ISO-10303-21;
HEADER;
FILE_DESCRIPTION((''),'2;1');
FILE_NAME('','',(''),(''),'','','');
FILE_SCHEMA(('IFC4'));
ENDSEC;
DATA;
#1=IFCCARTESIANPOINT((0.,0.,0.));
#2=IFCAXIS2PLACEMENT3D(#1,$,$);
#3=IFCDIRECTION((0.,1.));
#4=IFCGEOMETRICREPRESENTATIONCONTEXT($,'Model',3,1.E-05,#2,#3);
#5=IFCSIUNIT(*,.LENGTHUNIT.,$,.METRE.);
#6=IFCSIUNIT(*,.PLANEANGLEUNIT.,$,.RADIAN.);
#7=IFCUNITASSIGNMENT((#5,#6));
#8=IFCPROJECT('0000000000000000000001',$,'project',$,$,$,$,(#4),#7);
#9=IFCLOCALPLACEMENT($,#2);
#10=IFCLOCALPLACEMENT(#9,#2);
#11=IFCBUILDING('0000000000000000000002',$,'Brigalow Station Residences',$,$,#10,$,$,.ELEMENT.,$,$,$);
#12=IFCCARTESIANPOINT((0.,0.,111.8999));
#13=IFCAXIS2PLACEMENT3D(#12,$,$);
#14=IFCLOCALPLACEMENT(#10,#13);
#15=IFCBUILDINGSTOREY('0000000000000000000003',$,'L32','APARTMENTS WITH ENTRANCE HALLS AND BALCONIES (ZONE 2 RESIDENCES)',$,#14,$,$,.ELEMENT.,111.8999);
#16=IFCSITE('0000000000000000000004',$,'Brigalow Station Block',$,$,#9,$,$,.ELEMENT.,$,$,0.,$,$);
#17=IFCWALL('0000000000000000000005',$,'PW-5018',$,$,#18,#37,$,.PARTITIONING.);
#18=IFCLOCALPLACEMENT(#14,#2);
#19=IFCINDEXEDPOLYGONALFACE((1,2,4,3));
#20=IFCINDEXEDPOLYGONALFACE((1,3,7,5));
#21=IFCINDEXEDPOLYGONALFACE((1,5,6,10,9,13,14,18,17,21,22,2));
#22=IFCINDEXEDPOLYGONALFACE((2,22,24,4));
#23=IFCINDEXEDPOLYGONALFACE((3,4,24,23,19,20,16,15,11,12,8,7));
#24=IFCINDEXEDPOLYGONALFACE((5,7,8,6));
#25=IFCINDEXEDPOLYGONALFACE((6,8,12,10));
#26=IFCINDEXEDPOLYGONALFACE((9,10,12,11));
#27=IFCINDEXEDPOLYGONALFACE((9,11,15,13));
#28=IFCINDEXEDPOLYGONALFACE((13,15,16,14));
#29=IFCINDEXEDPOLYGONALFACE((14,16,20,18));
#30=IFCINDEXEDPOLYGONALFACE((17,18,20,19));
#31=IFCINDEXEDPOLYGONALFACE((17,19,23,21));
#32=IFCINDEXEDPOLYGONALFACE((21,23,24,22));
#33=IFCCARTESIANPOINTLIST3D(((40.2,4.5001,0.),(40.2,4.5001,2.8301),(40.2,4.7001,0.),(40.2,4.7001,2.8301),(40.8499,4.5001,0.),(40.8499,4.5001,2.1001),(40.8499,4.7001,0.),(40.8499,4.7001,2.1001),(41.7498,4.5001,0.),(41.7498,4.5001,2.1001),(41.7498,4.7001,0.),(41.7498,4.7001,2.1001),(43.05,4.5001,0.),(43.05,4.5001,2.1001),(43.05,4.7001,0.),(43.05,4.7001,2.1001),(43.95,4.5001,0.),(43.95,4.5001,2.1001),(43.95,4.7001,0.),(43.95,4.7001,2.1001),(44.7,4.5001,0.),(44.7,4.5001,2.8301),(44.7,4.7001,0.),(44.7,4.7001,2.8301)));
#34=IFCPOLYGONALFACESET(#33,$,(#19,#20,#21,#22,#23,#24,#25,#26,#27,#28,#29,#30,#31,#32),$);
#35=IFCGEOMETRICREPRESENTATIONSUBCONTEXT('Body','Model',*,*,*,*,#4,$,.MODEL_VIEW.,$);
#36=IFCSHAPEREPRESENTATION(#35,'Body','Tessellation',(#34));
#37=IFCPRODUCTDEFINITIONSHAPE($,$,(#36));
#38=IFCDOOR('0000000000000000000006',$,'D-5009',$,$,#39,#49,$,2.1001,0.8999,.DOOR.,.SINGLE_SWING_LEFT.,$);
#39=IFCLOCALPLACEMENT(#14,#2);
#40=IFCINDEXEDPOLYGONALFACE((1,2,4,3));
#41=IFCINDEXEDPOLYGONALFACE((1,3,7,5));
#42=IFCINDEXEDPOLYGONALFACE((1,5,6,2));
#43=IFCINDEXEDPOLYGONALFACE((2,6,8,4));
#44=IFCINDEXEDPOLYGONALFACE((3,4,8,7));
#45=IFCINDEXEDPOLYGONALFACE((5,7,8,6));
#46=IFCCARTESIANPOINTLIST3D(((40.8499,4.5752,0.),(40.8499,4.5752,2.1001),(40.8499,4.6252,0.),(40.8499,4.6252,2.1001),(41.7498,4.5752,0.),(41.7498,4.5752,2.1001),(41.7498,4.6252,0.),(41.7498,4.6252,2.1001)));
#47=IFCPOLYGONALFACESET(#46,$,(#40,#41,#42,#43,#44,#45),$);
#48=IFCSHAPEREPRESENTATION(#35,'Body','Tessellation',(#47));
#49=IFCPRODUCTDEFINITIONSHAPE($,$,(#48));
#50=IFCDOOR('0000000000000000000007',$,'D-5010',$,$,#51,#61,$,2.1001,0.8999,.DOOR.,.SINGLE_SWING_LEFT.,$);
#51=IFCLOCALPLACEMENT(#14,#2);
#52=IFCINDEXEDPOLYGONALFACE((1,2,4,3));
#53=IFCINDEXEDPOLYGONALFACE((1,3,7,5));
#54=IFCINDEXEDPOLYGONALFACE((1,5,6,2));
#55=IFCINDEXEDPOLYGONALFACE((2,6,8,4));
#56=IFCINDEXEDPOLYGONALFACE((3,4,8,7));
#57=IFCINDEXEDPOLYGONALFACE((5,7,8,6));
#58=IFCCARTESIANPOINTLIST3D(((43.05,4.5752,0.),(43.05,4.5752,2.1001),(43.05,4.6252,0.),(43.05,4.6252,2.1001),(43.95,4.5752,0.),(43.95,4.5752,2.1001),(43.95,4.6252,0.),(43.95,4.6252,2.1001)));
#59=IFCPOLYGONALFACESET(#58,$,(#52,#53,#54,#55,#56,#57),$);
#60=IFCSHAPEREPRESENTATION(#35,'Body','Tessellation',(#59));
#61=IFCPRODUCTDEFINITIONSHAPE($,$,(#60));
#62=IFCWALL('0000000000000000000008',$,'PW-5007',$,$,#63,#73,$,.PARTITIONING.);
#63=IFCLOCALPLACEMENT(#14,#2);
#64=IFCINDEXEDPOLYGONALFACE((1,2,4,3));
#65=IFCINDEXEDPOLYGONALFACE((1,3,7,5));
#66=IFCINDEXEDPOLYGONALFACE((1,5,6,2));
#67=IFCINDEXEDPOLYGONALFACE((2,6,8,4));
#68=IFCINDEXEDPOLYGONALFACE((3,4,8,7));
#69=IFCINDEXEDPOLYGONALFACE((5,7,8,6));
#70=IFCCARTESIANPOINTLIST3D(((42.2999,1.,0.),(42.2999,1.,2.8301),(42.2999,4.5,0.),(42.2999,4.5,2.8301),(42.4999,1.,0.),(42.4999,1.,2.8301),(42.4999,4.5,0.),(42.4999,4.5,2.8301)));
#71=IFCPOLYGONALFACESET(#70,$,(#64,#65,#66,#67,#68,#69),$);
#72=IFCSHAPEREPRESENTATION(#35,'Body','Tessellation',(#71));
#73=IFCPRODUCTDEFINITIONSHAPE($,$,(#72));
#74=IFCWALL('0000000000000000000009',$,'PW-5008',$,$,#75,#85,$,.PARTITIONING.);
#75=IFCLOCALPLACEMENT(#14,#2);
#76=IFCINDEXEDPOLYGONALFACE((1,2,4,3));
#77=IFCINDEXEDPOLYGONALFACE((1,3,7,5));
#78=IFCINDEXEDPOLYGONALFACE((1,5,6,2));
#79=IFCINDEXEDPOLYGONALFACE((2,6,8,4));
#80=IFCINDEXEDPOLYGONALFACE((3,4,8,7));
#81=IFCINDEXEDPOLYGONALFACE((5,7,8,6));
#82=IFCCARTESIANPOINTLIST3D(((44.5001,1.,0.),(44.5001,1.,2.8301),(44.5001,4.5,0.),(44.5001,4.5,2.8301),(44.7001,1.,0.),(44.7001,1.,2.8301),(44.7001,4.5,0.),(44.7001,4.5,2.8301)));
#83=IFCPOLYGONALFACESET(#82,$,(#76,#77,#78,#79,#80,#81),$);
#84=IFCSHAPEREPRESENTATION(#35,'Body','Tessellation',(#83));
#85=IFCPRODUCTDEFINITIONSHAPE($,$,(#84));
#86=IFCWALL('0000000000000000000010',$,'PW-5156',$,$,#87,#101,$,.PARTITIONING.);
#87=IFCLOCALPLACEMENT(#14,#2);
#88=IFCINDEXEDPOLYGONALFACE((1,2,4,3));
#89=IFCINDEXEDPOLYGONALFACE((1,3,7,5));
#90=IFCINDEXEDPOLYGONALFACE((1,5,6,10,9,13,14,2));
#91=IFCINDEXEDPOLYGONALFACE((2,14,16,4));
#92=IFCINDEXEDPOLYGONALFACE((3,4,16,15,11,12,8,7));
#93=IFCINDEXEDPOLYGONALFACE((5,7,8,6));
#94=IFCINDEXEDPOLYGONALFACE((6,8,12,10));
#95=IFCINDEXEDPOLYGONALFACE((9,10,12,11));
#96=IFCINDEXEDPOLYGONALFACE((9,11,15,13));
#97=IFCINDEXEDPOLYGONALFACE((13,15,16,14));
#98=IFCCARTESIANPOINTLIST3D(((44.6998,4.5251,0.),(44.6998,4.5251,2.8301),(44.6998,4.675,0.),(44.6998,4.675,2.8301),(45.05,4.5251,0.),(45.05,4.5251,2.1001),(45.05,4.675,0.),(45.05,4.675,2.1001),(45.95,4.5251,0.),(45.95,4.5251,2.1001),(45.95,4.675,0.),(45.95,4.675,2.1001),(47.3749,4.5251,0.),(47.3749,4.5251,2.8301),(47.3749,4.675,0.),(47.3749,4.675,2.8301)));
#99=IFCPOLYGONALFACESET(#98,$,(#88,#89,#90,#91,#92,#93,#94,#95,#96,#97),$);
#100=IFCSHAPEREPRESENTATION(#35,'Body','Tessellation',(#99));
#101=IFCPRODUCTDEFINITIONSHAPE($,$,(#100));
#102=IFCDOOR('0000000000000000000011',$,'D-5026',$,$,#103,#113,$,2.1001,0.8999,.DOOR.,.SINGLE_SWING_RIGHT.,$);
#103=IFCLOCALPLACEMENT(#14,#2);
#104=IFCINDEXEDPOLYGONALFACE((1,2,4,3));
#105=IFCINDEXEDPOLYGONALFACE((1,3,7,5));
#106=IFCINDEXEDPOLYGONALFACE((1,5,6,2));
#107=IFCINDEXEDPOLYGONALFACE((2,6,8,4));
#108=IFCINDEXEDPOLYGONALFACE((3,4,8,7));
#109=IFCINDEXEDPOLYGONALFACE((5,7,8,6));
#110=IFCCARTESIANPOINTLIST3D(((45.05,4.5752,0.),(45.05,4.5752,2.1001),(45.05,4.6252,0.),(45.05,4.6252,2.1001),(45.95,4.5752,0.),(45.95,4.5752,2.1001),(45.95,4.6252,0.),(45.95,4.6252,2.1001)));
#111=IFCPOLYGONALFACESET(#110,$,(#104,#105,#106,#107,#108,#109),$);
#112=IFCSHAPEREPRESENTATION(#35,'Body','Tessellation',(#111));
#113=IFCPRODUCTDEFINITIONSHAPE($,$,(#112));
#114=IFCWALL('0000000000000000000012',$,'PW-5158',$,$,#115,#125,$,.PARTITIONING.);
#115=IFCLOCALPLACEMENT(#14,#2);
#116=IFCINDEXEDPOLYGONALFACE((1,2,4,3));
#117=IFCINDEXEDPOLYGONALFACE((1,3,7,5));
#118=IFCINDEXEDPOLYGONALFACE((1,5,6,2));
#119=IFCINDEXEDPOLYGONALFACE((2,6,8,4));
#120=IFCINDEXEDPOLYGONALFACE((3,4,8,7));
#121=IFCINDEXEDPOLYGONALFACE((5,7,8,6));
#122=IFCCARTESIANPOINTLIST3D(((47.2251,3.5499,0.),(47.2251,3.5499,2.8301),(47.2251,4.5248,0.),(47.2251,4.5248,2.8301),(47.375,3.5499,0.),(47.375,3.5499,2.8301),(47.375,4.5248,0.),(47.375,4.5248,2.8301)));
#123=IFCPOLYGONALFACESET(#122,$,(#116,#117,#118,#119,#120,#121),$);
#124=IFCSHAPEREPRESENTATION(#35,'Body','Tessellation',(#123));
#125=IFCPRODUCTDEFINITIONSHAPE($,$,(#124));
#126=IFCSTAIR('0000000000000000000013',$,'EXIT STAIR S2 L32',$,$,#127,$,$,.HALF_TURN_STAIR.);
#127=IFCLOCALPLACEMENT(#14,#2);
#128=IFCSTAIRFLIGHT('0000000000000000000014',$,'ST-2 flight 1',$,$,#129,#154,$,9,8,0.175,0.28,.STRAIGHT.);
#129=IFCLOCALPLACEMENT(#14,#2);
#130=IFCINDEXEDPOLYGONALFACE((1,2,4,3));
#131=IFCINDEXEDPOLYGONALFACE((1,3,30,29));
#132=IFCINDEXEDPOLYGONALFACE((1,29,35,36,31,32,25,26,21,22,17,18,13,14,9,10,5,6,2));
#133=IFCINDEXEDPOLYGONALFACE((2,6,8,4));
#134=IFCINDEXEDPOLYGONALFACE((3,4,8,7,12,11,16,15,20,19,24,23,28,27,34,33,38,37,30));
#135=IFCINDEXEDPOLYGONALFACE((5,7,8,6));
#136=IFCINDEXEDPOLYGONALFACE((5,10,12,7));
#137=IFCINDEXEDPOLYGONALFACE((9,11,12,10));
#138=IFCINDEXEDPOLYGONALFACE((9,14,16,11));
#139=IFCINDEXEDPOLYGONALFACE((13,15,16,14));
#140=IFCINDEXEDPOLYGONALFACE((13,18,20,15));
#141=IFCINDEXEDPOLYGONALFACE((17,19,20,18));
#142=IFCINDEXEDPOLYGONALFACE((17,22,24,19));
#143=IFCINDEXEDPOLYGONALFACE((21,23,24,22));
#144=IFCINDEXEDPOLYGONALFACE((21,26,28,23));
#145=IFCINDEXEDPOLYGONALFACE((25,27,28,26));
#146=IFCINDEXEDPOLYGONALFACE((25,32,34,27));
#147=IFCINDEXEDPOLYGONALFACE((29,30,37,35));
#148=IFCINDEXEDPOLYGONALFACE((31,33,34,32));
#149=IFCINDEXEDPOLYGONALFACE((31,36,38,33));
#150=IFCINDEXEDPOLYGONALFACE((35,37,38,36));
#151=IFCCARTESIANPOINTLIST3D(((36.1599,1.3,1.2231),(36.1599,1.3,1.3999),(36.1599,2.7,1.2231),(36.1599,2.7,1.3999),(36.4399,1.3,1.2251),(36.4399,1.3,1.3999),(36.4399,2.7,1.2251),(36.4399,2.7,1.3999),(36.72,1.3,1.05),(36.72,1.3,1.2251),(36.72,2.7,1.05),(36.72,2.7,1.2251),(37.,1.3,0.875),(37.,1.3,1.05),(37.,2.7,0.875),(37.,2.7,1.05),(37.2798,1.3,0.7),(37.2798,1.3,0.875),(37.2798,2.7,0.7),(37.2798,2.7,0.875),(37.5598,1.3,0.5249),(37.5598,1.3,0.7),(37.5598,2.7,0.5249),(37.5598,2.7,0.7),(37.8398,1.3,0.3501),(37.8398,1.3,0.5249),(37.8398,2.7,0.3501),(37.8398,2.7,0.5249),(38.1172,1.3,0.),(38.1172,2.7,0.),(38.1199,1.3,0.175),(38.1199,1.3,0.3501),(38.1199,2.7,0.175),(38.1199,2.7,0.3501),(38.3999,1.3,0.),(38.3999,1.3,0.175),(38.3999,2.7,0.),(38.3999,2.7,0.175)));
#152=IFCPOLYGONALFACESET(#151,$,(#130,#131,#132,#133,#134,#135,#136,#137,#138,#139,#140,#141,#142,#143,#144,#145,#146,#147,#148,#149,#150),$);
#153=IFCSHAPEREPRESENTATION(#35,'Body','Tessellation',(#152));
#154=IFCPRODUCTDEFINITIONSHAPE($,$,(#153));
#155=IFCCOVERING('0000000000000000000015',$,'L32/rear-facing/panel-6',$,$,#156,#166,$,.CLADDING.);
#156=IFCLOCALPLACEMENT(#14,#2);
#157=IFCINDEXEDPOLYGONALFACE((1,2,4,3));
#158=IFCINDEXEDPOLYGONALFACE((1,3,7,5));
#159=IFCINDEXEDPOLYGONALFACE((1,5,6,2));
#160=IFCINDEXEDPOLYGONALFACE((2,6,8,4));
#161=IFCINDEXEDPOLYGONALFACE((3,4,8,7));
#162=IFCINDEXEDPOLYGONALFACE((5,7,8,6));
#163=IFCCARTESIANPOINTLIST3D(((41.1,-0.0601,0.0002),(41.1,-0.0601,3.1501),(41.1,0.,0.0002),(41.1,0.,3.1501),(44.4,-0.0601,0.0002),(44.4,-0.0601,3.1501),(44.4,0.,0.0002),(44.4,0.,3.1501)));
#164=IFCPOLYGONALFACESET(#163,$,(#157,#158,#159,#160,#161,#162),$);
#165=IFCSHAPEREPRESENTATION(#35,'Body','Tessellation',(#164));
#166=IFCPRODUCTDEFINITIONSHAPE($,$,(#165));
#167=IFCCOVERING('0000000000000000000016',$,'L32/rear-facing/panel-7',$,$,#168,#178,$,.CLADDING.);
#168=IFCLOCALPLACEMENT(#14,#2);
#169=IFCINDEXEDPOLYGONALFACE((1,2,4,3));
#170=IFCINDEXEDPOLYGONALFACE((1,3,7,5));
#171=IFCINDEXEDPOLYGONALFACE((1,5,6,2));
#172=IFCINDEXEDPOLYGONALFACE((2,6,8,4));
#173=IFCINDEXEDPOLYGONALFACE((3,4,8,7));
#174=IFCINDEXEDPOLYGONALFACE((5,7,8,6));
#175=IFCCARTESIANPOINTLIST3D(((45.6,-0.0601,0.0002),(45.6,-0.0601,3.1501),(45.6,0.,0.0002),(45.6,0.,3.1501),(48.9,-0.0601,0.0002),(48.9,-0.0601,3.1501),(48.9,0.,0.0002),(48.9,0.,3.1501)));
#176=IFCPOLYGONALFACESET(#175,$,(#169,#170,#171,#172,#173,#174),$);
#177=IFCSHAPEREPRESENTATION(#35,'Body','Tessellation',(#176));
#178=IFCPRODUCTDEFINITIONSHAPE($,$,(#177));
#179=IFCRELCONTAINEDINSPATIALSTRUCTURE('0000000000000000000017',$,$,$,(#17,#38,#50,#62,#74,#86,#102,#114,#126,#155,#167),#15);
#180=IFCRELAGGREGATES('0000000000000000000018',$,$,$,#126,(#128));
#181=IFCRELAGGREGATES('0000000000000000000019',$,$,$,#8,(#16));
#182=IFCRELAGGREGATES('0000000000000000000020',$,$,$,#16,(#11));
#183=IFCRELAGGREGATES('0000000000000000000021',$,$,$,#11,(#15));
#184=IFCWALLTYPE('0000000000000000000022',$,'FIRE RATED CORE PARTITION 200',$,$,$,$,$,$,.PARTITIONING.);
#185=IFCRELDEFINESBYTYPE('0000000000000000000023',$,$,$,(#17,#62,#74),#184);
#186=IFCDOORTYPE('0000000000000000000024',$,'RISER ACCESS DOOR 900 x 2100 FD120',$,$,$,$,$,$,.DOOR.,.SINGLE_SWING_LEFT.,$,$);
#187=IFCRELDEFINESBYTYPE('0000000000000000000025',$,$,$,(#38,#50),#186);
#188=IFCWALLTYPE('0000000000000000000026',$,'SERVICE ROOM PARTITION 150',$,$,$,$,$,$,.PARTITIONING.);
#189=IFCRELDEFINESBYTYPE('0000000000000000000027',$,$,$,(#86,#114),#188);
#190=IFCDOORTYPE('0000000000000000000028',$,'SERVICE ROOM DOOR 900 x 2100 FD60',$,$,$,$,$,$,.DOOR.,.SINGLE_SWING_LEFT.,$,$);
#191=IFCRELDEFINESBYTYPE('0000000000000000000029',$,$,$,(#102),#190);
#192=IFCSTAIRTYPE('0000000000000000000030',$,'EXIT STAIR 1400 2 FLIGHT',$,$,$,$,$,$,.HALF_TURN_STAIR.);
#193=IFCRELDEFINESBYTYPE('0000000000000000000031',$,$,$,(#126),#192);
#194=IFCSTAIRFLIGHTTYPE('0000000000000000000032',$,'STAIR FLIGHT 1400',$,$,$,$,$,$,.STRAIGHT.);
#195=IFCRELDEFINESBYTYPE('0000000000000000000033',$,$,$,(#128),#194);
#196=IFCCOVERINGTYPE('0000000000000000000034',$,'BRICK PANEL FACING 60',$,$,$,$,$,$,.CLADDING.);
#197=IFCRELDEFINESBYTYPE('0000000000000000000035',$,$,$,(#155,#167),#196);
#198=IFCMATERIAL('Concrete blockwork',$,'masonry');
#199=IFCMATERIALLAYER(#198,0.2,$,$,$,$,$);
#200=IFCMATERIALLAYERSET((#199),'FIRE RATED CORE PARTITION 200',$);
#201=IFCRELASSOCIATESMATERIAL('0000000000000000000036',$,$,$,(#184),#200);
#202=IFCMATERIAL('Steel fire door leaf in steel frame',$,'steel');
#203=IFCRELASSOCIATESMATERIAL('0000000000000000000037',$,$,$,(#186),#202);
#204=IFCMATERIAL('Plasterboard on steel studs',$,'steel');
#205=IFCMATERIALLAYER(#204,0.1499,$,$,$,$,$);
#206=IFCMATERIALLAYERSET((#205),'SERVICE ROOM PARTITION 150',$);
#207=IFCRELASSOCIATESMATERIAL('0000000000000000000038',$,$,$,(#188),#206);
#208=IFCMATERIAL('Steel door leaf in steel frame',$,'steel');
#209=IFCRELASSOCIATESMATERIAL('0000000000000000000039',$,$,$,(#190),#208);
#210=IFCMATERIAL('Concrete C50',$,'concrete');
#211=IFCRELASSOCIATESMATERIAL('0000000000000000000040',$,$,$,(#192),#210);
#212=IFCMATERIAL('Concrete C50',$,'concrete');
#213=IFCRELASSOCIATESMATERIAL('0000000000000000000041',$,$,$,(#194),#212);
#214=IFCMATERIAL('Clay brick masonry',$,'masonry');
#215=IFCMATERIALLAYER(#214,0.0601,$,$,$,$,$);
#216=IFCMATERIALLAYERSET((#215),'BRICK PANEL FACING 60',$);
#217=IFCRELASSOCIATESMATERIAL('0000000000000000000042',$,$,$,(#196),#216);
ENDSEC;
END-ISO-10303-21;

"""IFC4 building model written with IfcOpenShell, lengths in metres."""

from ifc_helpers import new_model, si_unit, direction, frame, frame_2d, origin, origin_2d, place, context, subcontext, project, spatial, polyline, rectangle, outline, extrude, material, layer, layer_set, type_object, element, fill, aggregate, save


model = new_model("IFC4")

# Units and contexts
model_context = context("Model", 3, precision=1e-05, world=origin(), true_north=direction((0.0, 1.0)))
body_context = subcontext(model_context, "Body", "Model", "MODEL_VIEW")
ifc_project = project(units=[si_unit("LENGTHUNIT", "METRE"), si_unit("PLANEANGLEUNIT", "RADIAN")], contexts=[model_context])

# Site, building, storey
site_placement = place(None, origin())
site = spatial("IfcSite", under=ifc_project, at=site_placement, Name="Brigalow Station Block", CompositionType="ELEMENT", RefElevation=0.0)
building_placement = place(site_placement, origin())
building = spatial("IfcBuilding", under=site, at=building_placement, Name="Brigalow Station Residences", CompositionType="ELEMENT")
storey_placement = place(building_placement, frame((0.0, 0.0, 111.8999)))
storey = spatial("IfcBuildingStorey", under=building, at=storey_placement, Name="L32", Description="APARTMENTS WITH ENTRANCE HALLS AND BALCONIES (ZONE 2 RESIDENCES)", CompositionType="ELEMENT", Elevation=111.8999)

# Wall, openings, doors
ifc_material_1 = material(Name="Concrete blockwork", Category="masonry")
ifc_layer_1 = layer(ifc_material_1, 0.2)
ifc_layer_set_1 = layer_set([ifc_layer_1], Name="FIRE RATED CORE PARTITION 200")
wall_type_1 = type_object("IfcWallType", Name="FIRE RATED CORE PARTITION 200", PredefinedType="PARTITIONING", material=ifc_layer_set_1)
wall_1_placement = place(storey_placement, frame((40.2, 4.6001, 0.0), z_axis=(0.0, 0.0, 1.0), x_axis=(1.0, 0.0, 0.0)))
wall_1 = element("IfcWall", 1, at=wall_1_placement, inside=storey, type_object=wall_type_1, Name="PW-5018", PredefinedType="PARTITIONING", context=body_context, shape_type="SweptSolid", body=[
    extrude(rectangle(XDim=4.5, YDim=0.2, at=frame_2d((2.25, 0.0))), origin(), (0.0, 0.0, 1.0), 2.8301),
])
opening_1_placement = place(wall_1_placement, frame((0.6499, 0.0, 0.0)))
opening_1 = element("IfcOpeningElement", 2, at=opening_1_placement, cuts=wall_1, PredefinedType="OPENING", context=body_context, shape_type="SweptSolid", body=[
    extrude(rectangle(XDim=0.8999, YDim=2.1001, at=frame_2d((0.45, 1.05))), frame((0.0, 0.1099, 0.0), z_axis=(0.0, -1.0, 0.0), x_axis=(1.0, 0.0, 0.0)), (0.0, 0.0, 1.0), 0.22),
])
opening_2_placement = place(wall_1_placement, frame((2.8501, 0.0, 0.0)))
opening_2 = element("IfcOpeningElement", 3, at=opening_2_placement, cuts=wall_1, PredefinedType="OPENING", context=body_context, shape_type="SweptSolid", body=[
    extrude(rectangle(XDim=0.8999, YDim=2.1001, at=frame_2d((0.45, 1.05))), frame((0.0, 0.1099, 0.0), z_axis=(0.0, -1.0, 0.0), x_axis=(1.0, 0.0, 0.0)), (0.0, 0.0, 1.0), 0.22),
])
ifc_material_2 = material(Name="Steel fire door leaf in steel frame", Category="steel")
door_type_1 = type_object("IfcDoorType", Name="RISER ACCESS DOOR 900 x 2100 FD120", OperationType="SINGLE_SWING_LEFT", PredefinedType="DOOR", material=ifc_material_2)
door_1_placement = place(opening_1_placement, frame((0.8999, 0.0, 0.0), z_axis=(0.0, 0.0, 1.0), x_axis=(-1.0, 0.0, 0.0)))
door_1 = element("IfcDoor", 4, at=door_1_placement, inside=storey, type_object=door_type_1, Name="D-5009", OperationType="SINGLE_SWING_LEFT", OverallHeight=2.1001, OverallWidth=0.8999, PredefinedType="DOOR", context=body_context, shape_type="SweptSolid", body=[
    extrude(rectangle(XDim=0.8999, YDim=2.1001, at=frame_2d((0.45, 1.05))), frame((0.0, 0.0249, 0.0), z_axis=(0.0, -1.0, 0.0), x_axis=(1.0, 0.0, 0.0)), (0.0, 0.0, 1.0), 0.05),
])
fill(opening_1, door_1)
door_2_placement = place(opening_2_placement, frame((0.8999, 0.0, 0.0), z_axis=(0.0, 0.0, 1.0), x_axis=(-1.0, 0.0, 0.0)))
door_2 = element("IfcDoor", 5, at=door_2_placement, inside=storey, type_object=door_type_1, Name="D-5010", OperationType="SINGLE_SWING_LEFT", OverallHeight=2.1001, OverallWidth=0.8999, PredefinedType="DOOR", context=body_context, shape_type="SweptSolid", body=[
    extrude(rectangle(XDim=0.8999, YDim=2.1001, at=frame_2d((0.45, 1.05))), frame((0.0, 0.0249, 0.0), z_axis=(0.0, -1.0, 0.0), x_axis=(1.0, 0.0, 0.0)), (0.0, 0.0, 1.0), 0.05),
])
fill(opening_2, door_2)

# Walls
for number, where, z_axis, x_axis, name in (
    (6, (42.3999, 1.0, 0.0), (0.0, 0.0, 1.0), (0.0, 1.0, 0.0), "PW-5007"),
    (7, (44.6001, 1.0, 0.0), (0.0, 0.0, 1.0), (0.0, 1.0, 0.0), "PW-5008"),
):
    element("IfcWall", number, at=place(storey_placement, frame(where, z_axis=z_axis, x_axis=x_axis)), inside=storey, type_object=wall_type_1, Name=name, PredefinedType="PARTITIONING", context=body_context, shape_type="SweptSolid", body=[
        extrude(rectangle(XDim=3.5, YDim=0.2, at=frame_2d((1.75, 0.0))), origin(), (0.0, 0.0, 1.0), 2.8301),
    ])

# Wall, opening, door
ifc_material_3 = material(Name="Plasterboard on steel studs", Category="steel")
ifc_layer_2 = layer(ifc_material_3, 0.1499)
ifc_layer_set_2 = layer_set([ifc_layer_2], Name="SERVICE ROOM PARTITION 150")
wall_type_2 = type_object("IfcWallType", Name="SERVICE ROOM PARTITION 150", PredefinedType="PARTITIONING", material=ifc_layer_set_2)
wall_2_placement = place(storey_placement, frame((44.7, 4.6001, 0.0), z_axis=(0.0, 0.0, 1.0), x_axis=(1.0, 0.0, 0.0)))
wall_2 = element("IfcWall", 8, at=wall_2_placement, inside=storey, type_object=wall_type_2, Name="PW-5156", PredefinedType="PARTITIONING", context=body_context, shape_type="SweptSolid", body=[
    extrude(rectangle(XDim=2.675, YDim=0.1499, at=frame_2d((1.3374, 0.0))), origin(), (0.0, 0.0, 1.0), 2.8301),
])
opening_3_placement = place(wall_2_placement, frame((0.3501, 0.0, 0.0)))
opening_3 = element("IfcOpeningElement", 9, at=opening_3_placement, cuts=wall_2, PredefinedType="OPENING", context=body_context, shape_type="SweptSolid", body=[
    extrude(rectangle(XDim=0.8999, YDim=2.1001, at=frame_2d((0.45, 1.05))), frame((0.0, 0.085, 0.0), z_axis=(0.0, -1.0, 0.0), x_axis=(1.0, 0.0, 0.0)), (0.0, 0.0, 1.0), 0.1699),
])
ifc_material_4 = material(Name="Steel door leaf in steel frame", Category="steel")
door_type_2 = type_object("IfcDoorType", Name="SERVICE ROOM DOOR 900 x 2100 FD60", OperationType="SINGLE_SWING_LEFT", PredefinedType="DOOR", material=ifc_material_4)
door_3_placement = place(opening_3_placement, frame((0.8999, 0.0, 0.0), z_axis=(0.0, 0.0, 1.0), x_axis=(-1.0, 0.0, 0.0)))
door_3 = element("IfcDoor", 10, at=door_3_placement, inside=storey, type_object=door_type_2, Name="D-5026", OperationType="SINGLE_SWING_RIGHT", OverallHeight=2.1001, OverallWidth=0.8999, PredefinedType="DOOR", context=body_context, shape_type="SweptSolid", body=[
    extrude(rectangle(XDim=0.8999, YDim=2.1001, at=frame_2d((0.45, 1.05))), frame((0.0, 0.0249, 0.0), z_axis=(0.0, -1.0, 0.0), x_axis=(1.0, 0.0, 0.0)), (0.0, 0.0, 1.0), 0.05),
])
fill(opening_3, door_3)

# Wall
wall_3_placement = place(storey_placement, frame((47.3, 3.55, 0.0), z_axis=(0.0, 0.0, 1.0), x_axis=(0.0, 1.0, 0.0)))
element("IfcWall", 11, at=wall_3_placement, inside=storey, type_object=wall_type_2, Name="PW-5158", PredefinedType="PARTITIONING", context=body_context, shape_type="SweptSolid", body=[
    extrude(rectangle(XDim=0.9749, YDim=0.1499, at=frame_2d((0.4873, 0.0))), origin(), (0.0, 0.0, 1.0), 2.8301),
])

# Stair, stair flight
ifc_material_5 = material(Name="Concrete C50", Category="concrete")
stair_type = type_object("IfcStairType", Name="EXIT STAIR 1400 2 FLIGHT", PredefinedType="HALF_TURN_STAIR", material=ifc_material_5)
stair_placement = place(storey_placement, origin())
stair = element("IfcStair", 12, at=stair_placement, inside=storey, type_object=stair_type, Name="EXIT STAIR S2 L32", PredefinedType="HALF_TURN_STAIR")
ifc_material_6 = material(Name="Concrete C50", Category="concrete")
stair_flight_type = type_object("IfcStairFlightType", Name="STAIR FLIGHT 1400", PredefinedType="STRAIGHT", material=ifc_material_6)
stair_flight_placement = place(storey_placement, frame((38.3999, 2.0, 0.0), z_axis=(0.0, 0.0, 1.0), x_axis=(-1.0, 0.0, 0.0)))
stair_flight = element("IfcStairFlight", 13, at=stair_flight_placement, type_object=stair_flight_type, Name="ST-2 flight 1", NumberOfRisers=9, NumberOfTreads=8, PredefinedType="STRAIGHT", RiserHeight=0.175, TreadLength=0.28, context=body_context, shape_type="SweptSolid", body=[
    extrude(outline(polyline([(0.0, 0.0), (0.0, 0.175), (0.28, 0.175), (0.28, 0.3501), (0.5601, 0.3501), (0.5601, 0.5249), (0.8401, 0.5249), (0.8401, 0.7), (1.1201, 0.7), (1.1201, 0.875), (1.3999, 0.875), (1.3999, 1.05), (1.6799, 1.05), (1.6799, 1.2251), (1.96, 1.2251), (1.96, 1.3999), (2.24, 1.3999), (2.24, 1.575), (2.24, 1.2231), (0.2827, 0.0), (0.0, 0.0)])), frame((0.0, 0.7, 0.0), z_axis=(0.0, -1.0, 0.0), x_axis=(1.0, 0.0, 0.0)), (0.0, 0.0, 1.0), 1.3999),
])
aggregate(stair, [stair_flight])

# Coverings
ifc_material_7 = material(Name="Clay brick masonry", Category="masonry")
ifc_layer_3 = layer(ifc_material_7, 0.0601)
ifc_layer_set_3 = layer_set([ifc_layer_3], Name="BRICK PANEL FACING 60")
covering_type_1 = type_object("IfcCoveringType", Name="BRICK PANEL FACING 60", PredefinedType="CLADDING", material=ifc_layer_set_3)
for number, where, z_axis, x_axis, name in (
    (14, (42.75, -0.03, 0.0002), (0.0, 0.0, 1.0), (1.0, 0.0, 0.0), "L32/rear-facing/panel-6"),
    (15, (47.25, -0.03, 0.0002), (0.0, 0.0, 1.0), (1.0, 0.0, 0.0), "L32/rear-facing/panel-7"),
):
    element("IfcCovering", number, at=place(storey_placement, frame(where, z_axis=z_axis, x_axis=x_axis)), inside=storey, type_object=covering_type_1, Name=name, PredefinedType="CLADDING", context=body_context, shape_type="SweptSolid", body=[
        extrude(rectangle(XDim=3.3, YDim=0.0601, at=origin_2d()), origin(), (0.0, 0.0, 1.0), 3.1499),
    ])

save(model, "model.ifc")
